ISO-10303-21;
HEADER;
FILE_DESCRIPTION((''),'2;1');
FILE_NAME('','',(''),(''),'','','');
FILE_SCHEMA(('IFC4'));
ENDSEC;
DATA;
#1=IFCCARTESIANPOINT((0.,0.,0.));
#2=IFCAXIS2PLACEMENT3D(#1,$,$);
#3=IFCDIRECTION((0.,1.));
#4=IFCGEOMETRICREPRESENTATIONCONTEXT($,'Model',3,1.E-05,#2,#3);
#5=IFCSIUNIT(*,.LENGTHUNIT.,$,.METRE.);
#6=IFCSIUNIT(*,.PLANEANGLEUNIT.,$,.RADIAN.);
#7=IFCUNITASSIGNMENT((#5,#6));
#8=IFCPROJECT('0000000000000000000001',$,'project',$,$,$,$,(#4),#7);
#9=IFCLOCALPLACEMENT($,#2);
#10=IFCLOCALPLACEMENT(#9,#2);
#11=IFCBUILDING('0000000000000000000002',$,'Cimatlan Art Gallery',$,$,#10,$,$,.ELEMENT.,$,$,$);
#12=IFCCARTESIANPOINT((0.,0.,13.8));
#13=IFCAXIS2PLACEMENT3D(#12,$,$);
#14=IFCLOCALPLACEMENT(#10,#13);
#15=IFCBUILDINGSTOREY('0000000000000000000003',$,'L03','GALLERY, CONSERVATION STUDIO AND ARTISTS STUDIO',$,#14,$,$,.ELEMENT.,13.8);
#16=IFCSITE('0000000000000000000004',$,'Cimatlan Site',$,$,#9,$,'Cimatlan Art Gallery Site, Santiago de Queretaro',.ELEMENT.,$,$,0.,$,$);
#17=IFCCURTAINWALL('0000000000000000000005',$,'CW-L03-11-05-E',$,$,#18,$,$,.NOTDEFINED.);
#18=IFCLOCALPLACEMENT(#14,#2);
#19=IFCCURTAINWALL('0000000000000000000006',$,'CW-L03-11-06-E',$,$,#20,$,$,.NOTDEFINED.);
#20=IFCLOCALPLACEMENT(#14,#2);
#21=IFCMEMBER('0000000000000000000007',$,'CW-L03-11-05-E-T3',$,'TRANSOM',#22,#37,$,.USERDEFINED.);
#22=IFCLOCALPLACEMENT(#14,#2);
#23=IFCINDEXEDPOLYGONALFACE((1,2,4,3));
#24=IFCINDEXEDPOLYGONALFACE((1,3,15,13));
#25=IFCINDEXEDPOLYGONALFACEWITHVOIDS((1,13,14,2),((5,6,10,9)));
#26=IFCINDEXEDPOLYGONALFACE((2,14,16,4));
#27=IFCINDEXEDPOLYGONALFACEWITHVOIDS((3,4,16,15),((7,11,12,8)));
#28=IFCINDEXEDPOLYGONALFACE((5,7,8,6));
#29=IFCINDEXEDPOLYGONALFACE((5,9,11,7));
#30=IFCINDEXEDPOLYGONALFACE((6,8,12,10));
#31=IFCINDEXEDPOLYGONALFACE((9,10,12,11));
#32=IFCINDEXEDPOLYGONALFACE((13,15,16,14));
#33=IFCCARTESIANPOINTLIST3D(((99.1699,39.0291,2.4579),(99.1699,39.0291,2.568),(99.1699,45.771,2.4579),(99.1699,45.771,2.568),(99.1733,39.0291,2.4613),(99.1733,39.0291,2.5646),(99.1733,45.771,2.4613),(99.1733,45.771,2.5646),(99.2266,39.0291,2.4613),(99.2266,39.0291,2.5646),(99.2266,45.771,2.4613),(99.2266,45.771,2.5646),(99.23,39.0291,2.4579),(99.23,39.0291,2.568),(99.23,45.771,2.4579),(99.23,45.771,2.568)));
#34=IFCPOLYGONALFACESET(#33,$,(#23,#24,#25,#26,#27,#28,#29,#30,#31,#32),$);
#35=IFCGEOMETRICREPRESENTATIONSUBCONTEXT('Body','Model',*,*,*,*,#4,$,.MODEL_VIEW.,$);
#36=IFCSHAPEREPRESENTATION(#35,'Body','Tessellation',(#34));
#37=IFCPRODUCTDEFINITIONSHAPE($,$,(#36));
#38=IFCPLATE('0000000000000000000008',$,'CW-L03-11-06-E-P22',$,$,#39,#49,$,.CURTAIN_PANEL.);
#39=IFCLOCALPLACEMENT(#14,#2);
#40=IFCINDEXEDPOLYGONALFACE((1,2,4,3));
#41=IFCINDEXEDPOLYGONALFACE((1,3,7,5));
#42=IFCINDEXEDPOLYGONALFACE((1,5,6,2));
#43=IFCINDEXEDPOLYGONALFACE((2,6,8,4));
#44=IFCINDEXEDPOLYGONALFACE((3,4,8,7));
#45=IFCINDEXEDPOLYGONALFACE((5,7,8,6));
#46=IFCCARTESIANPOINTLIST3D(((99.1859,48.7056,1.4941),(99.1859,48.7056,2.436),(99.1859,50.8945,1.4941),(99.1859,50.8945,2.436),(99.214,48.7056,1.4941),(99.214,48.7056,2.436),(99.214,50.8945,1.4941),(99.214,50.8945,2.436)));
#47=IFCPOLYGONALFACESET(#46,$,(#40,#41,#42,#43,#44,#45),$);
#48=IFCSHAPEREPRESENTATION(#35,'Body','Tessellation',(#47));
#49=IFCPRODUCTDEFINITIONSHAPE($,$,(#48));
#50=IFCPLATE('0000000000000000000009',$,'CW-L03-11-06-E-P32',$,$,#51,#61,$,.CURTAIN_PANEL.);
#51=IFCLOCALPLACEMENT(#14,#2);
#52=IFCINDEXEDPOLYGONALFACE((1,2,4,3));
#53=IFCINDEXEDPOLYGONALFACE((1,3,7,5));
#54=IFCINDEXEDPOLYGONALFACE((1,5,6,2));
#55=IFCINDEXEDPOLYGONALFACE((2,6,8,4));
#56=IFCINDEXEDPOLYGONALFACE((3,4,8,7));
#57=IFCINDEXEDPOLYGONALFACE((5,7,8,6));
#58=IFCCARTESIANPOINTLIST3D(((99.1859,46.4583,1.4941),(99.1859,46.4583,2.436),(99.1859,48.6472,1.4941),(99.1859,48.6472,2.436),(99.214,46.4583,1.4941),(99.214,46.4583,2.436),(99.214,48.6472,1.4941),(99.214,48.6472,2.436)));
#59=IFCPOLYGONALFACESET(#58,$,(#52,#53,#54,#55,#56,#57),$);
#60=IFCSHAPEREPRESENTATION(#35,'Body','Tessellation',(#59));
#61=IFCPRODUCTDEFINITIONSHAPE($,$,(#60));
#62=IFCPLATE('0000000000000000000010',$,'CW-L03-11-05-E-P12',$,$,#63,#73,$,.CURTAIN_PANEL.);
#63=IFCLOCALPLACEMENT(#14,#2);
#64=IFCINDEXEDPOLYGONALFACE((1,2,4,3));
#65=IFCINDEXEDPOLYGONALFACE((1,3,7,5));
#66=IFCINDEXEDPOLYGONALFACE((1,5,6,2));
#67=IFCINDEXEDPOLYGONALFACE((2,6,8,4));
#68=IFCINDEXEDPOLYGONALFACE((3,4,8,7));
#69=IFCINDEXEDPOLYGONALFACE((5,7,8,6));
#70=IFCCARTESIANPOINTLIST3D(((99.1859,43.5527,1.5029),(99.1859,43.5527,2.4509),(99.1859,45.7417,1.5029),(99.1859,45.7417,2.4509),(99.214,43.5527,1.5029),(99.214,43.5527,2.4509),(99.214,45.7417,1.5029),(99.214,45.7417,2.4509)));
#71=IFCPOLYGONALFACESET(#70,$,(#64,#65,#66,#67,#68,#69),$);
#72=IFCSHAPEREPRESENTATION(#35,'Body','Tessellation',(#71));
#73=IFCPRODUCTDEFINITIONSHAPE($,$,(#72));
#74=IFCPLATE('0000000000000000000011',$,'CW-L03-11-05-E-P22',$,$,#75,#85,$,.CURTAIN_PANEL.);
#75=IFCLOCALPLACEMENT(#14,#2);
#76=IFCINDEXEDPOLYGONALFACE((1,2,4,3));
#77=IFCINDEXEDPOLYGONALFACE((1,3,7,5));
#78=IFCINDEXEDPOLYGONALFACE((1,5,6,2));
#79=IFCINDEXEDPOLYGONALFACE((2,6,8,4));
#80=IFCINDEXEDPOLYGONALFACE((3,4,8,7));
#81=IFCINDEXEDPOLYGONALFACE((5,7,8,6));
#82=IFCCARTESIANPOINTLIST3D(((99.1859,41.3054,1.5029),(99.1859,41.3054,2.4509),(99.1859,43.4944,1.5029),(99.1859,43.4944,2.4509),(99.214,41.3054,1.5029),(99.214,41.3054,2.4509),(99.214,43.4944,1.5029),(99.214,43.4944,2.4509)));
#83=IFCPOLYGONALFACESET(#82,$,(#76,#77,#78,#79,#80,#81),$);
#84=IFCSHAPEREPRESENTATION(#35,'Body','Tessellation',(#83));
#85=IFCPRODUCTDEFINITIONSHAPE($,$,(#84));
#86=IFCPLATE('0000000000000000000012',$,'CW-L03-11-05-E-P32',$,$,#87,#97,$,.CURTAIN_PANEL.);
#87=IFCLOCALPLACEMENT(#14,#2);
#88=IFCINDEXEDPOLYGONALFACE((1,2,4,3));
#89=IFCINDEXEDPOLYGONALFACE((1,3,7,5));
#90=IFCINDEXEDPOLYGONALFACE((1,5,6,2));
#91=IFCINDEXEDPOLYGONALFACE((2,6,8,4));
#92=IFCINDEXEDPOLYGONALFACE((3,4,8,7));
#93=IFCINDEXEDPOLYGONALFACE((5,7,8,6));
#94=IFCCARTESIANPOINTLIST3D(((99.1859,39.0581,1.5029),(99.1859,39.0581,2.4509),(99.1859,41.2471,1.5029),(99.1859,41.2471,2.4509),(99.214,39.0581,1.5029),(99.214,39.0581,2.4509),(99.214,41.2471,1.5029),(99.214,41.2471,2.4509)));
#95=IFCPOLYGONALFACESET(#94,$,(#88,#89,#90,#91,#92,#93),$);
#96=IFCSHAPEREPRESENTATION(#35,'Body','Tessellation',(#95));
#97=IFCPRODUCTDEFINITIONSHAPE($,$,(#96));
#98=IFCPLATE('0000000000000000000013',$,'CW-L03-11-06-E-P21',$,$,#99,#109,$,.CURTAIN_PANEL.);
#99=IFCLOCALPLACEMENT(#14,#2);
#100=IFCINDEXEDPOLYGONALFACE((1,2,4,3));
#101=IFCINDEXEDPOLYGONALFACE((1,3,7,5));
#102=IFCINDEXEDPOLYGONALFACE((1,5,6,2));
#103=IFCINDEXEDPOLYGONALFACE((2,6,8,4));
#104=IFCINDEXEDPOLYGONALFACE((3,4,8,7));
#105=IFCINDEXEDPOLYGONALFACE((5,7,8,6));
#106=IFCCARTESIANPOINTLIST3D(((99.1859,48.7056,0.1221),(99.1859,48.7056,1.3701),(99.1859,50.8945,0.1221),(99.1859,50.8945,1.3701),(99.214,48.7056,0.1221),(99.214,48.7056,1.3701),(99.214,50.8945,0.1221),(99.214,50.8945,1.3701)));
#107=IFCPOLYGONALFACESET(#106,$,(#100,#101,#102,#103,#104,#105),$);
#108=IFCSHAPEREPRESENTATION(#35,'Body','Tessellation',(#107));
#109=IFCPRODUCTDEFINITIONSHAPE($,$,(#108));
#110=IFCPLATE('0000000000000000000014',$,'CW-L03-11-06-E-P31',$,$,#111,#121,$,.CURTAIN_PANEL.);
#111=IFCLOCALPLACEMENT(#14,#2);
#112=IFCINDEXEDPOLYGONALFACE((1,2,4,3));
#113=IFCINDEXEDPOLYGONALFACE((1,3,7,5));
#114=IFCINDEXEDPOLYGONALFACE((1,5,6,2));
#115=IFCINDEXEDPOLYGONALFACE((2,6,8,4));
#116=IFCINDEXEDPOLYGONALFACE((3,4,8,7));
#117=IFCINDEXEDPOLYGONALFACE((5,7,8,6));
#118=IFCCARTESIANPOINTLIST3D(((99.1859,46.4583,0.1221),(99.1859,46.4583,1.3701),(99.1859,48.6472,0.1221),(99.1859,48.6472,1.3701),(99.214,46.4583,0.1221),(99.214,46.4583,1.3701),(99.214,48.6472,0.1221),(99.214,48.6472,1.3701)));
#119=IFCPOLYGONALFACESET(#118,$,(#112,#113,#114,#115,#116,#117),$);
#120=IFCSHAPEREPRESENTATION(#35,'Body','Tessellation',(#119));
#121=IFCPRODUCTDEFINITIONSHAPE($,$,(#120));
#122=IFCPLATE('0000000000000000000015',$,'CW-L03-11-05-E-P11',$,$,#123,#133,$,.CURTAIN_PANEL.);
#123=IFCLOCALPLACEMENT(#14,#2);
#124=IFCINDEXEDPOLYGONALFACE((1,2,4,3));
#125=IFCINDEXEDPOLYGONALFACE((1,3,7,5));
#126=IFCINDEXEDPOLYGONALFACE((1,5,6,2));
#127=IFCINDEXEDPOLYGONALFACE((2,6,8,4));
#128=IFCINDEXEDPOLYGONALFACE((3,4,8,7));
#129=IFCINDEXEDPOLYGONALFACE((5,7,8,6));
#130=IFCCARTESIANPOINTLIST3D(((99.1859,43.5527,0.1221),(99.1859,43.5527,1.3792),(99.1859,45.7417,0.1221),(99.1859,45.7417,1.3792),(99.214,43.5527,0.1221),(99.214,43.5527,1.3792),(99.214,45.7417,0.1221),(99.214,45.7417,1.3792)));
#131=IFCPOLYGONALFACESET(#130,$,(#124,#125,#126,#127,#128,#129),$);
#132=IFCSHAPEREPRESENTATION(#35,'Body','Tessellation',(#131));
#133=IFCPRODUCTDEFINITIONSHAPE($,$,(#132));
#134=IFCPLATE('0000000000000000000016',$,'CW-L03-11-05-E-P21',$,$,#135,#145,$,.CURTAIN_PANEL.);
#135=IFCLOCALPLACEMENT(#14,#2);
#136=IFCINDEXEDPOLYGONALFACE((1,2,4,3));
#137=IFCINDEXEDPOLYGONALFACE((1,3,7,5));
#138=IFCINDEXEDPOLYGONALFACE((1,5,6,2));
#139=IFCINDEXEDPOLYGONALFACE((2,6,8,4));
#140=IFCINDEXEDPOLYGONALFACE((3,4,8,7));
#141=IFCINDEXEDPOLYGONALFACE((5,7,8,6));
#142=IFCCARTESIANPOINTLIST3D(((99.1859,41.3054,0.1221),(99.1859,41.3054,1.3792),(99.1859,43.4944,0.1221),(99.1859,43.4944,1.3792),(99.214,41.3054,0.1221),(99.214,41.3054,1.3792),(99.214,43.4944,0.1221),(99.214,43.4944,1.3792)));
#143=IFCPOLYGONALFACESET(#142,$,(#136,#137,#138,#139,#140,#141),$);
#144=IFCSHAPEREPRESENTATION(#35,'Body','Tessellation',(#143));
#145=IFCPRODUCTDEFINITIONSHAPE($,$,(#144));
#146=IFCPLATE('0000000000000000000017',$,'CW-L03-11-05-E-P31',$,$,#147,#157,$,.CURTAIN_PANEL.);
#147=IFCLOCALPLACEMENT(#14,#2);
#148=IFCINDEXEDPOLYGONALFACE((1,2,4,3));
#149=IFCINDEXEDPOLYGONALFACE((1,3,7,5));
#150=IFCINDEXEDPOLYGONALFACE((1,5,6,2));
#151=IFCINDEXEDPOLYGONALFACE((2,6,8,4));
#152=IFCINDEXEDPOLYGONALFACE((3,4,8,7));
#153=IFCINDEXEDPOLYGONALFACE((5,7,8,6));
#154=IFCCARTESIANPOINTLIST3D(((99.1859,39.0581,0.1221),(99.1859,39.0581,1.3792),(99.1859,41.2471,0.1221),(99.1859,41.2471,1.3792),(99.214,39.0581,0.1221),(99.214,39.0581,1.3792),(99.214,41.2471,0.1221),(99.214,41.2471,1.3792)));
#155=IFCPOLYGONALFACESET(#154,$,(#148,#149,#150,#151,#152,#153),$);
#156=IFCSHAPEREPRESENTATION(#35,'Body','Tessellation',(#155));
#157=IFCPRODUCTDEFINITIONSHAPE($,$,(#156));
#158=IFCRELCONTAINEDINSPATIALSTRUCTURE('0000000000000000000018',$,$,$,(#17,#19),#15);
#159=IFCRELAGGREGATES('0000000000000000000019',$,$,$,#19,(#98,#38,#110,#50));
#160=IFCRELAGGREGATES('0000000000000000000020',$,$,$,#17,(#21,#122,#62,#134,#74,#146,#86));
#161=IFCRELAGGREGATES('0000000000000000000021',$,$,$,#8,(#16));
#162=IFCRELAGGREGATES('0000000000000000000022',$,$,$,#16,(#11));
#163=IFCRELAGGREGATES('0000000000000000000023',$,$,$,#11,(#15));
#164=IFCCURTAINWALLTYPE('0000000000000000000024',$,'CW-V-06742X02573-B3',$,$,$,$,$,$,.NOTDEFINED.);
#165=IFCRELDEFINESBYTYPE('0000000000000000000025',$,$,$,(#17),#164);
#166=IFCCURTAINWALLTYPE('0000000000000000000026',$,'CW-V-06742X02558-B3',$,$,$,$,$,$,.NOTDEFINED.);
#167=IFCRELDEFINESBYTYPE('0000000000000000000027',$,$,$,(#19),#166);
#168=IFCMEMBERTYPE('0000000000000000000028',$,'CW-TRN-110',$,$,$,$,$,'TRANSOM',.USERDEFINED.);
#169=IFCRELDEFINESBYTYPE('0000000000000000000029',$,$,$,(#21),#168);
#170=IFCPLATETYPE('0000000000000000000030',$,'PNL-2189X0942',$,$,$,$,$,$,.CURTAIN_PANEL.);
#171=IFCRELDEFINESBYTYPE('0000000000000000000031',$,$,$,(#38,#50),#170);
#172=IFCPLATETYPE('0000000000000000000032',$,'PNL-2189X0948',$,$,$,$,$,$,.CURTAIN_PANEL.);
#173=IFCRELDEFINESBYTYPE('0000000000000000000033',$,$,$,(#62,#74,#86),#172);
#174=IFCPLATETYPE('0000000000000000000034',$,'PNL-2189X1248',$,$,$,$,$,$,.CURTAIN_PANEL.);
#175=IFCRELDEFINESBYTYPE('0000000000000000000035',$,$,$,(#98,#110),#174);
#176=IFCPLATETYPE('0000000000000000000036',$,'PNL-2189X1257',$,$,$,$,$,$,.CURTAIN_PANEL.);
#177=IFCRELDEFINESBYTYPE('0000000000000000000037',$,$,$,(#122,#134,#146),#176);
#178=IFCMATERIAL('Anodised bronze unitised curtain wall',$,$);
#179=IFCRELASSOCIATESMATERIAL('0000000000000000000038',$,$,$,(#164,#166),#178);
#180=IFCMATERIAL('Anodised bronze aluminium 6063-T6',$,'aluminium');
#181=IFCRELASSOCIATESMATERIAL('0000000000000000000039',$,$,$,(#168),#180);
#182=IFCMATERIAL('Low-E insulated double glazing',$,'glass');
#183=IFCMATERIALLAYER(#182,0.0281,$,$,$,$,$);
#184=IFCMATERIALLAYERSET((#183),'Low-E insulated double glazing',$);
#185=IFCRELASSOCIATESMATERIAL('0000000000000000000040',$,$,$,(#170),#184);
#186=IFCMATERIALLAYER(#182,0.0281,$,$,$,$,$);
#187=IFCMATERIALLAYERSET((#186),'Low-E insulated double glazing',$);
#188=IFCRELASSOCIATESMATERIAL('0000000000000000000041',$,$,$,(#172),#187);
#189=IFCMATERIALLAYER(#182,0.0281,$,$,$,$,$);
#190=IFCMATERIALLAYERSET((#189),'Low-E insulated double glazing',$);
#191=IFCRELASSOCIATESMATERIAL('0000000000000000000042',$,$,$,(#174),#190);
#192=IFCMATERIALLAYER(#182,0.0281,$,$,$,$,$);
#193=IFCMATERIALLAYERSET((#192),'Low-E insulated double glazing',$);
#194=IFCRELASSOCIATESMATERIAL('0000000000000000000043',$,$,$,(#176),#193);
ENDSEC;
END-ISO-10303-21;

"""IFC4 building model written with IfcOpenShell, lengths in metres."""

from ifc_helpers import new_model, si_unit, direction, frame, origin, origin_2d, place, context, subcontext, project, spatial, rectangle, hollow_rectangle, extrude, material, layer, layer_set, material_profile, profile_set, type_object, element, aggregate, save


model = new_model("IFC4")

# Units and contexts
model_context = context("Model", 3, precision=1e-05, world=origin(), true_north=direction((0.0, 1.0)))
body_context = subcontext(model_context, "Body", "Model", "MODEL_VIEW")
ifc_project = project(units=[si_unit("LENGTHUNIT", "METRE"), si_unit("PLANEANGLEUNIT", "RADIAN")], contexts=[model_context])

# Site, building, storey
site_placement = place(None, origin())
site = spatial("IfcSite", under=ifc_project, at=site_placement, Name="Cimatlan Site", LongName="Cimatlan Art Gallery Site, Santiago de Queretaro", CompositionType="ELEMENT", RefElevation=0.0)
building_placement = place(site_placement, origin())
building = spatial("IfcBuilding", under=site, at=building_placement, Name="Cimatlan Art Gallery", CompositionType="ELEMENT")
storey_placement = place(building_placement, frame((0.0, 0.0, 13.8)))
storey = spatial("IfcBuildingStorey", under=building, at=storey_placement, Name="L03", Description="GALLERY, CONSERVATION STUDIO AND ARTISTS STUDIO", CompositionType="ELEMENT", Elevation=13.8)

# Curtain walls
ifc_material_1 = material(Name="Anodised bronze unitised curtain wall")
curtain_wall_type_1 = type_object("IfcCurtainWallType", Name="CW-V-06742X02573-B3", PredefinedType="NOTDEFINED", material=ifc_material_1)
curtain_wall_1_placement = place(storey_placement, origin())
curtain_wall_1 = element("IfcCurtainWall", 1, at=curtain_wall_1_placement, inside=storey, type_object=curtain_wall_type_1, Name="CW-L03-11-05-E", PredefinedType="NOTDEFINED")
ifc_material_2 = material(Name="Anodised bronze aluminium 6063-T6", Category="aluminium")
curtain_wall_type_2 = type_object("IfcCurtainWallType", Name="CW-V-06742X02558-B3", PredefinedType="NOTDEFINED", material=ifc_material_1)
curtain_wall_2_placement = place(storey_placement, origin())
curtain_wall_2 = element("IfcCurtainWall", 2, at=curtain_wall_2_placement, inside=storey, type_object=curtain_wall_type_2, Name="CW-L03-11-06-E", PredefinedType="NOTDEFINED")

# Member
ifc_material_profile_1 = material_profile(ifc_material_2, hollow_rectangle(XDim=0.0601, YDim=0.1101, WallThickness=0.0034, at=origin_2d()), Name="ALU60X110X3")
ifc_profile_set_1 = profile_set([ifc_material_profile_1], Name="Anodised bronze aluminium 6063-T6")
member_type_1 = type_object("IfcMemberType", Name="CW-TRN-110", ElementType="TRANSOM", PredefinedType="USERDEFINED", material=ifc_profile_set_1)
member_1_placement = place(storey_placement, frame((99.2, 45.771, 2.5129), z_axis=(0.0, -1.0, 0.0), x_axis=(1.0, 0.0, 0.0)))
member_1 = element("IfcMember", 3, at=member_1_placement, type_object=member_type_1, Name="CW-L03-11-05-E-T3", ObjectType="TRANSOM", PredefinedType="USERDEFINED", context=body_context, shape_type="SweptSolid", body=[
    extrude(hollow_rectangle(XDim=0.0601, YDim=0.1101, WallThickness=0.0034, at=origin_2d()), origin(), (0.0, 0.0, 1.0), 6.7419),
])

# Plates
ifc_material_3 = material(Name="Low-E insulated double glazing", Category="glass")
ifc_layer_1 = layer(ifc_material_3, 0.0281)
ifc_layer_set_1 = layer_set([ifc_layer_1], Name="Low-E insulated double glazing")
plate_type_1 = type_object("IfcPlateType", Name="PNL-2189X0942", PredefinedType="CURTAIN_PANEL", material=ifc_layer_set_1)
plate_1_placement = place(storey_placement, frame((99.2, 49.8, 1.4941), z_axis=(0.0, 0.0, 1.0), x_axis=(0.0, -1.0, 0.0)))
plate_1 = element("IfcPlate", 4, at=plate_1_placement, type_object=plate_type_1, Name="CW-L03-11-06-E-P22", PredefinedType="CURTAIN_PANEL", context=body_context, shape_type="SweptSolid", body=[
    extrude(rectangle(XDim=2.189, YDim=0.0281, at=origin_2d()), origin(), (0.0, 0.0, 1.0), 0.9419),
])
plate_2_placement = place(storey_placement, frame((99.2, 47.5527, 1.4941), z_axis=(0.0, 0.0, 1.0), x_axis=(0.0, -1.0, 0.0)))
plate_2 = element("IfcPlate", 5, at=plate_2_placement, type_object=plate_type_1, Name="CW-L03-11-06-E-P32", PredefinedType="CURTAIN_PANEL", context=body_context, shape_type="SweptSolid", body=[
    extrude(rectangle(XDim=2.189, YDim=0.0281, at=origin_2d()), origin(), (0.0, 0.0, 1.0), 0.9419),
])
ifc_layer_2 = layer(ifc_material_3, 0.0281)
ifc_layer_set_2 = layer_set([ifc_layer_2], Name="Low-E insulated double glazing")
plate_type_2 = type_object("IfcPlateType", Name="PNL-2189X0948", PredefinedType="CURTAIN_PANEL", material=ifc_layer_set_2)
plate_3_placement = place(storey_placement, frame((99.2, 44.6472, 1.5029), z_axis=(0.0, 0.0, 1.0), x_axis=(0.0, -1.0, 0.0)))
plate_3 = element("IfcPlate", 6, at=plate_3_placement, type_object=plate_type_2, Name="CW-L03-11-05-E-P12", PredefinedType="CURTAIN_PANEL", context=body_context, shape_type="SweptSolid", body=[
    extrude(rectangle(XDim=2.189, YDim=0.0281, at=origin_2d()), origin(), (0.0, 0.0, 1.0), 0.948),
])
plate_4_placement = place(storey_placement, frame((99.2, 42.3999, 1.5029), z_axis=(0.0, 0.0, 1.0), x_axis=(0.0, -1.0, 0.0)))
plate_4 = element("IfcPlate", 7, at=plate_4_placement, type_object=plate_type_2, Name="CW-L03-11-05-E-P22", PredefinedType="CURTAIN_PANEL", context=body_context, shape_type="SweptSolid", body=[
    extrude(rectangle(XDim=2.189, YDim=0.0281, at=origin_2d()), origin(), (0.0, 0.0, 1.0), 0.948),
])
plate_5_placement = place(storey_placement, frame((99.2, 40.1526, 1.5029), z_axis=(0.0, 0.0, 1.0), x_axis=(0.0, -1.0, 0.0)))
plate_5 = element("IfcPlate", 8, at=plate_5_placement, type_object=plate_type_2, Name="CW-L03-11-05-E-P32", PredefinedType="CURTAIN_PANEL", context=body_context, shape_type="SweptSolid", body=[
    extrude(rectangle(XDim=2.189, YDim=0.0281, at=origin_2d()), origin(), (0.0, 0.0, 1.0), 0.948),
])
ifc_layer_3 = layer(ifc_material_3, 0.0281)
ifc_layer_set_3 = layer_set([ifc_layer_3], Name="Low-E insulated double glazing")
plate_type_3 = type_object("IfcPlateType", Name="PNL-2189X1248", PredefinedType="CURTAIN_PANEL", material=ifc_layer_set_3)
plate_6_placement = place(storey_placement, frame((99.2, 49.8, 0.1221), z_axis=(0.0, 0.0, 1.0), x_axis=(0.0, -1.0, 0.0)))
plate_6 = element("IfcPlate", 9, at=plate_6_placement, type_object=plate_type_3, Name="CW-L03-11-06-E-P21", PredefinedType="CURTAIN_PANEL", context=body_context, shape_type="SweptSolid", body=[
    extrude(rectangle(XDim=2.189, YDim=0.0281, at=origin_2d()), origin(), (0.0, 0.0, 1.0), 1.248),
])
plate_7_placement = place(storey_placement, frame((99.2, 47.5527, 0.1221), z_axis=(0.0, 0.0, 1.0), x_axis=(0.0, -1.0, 0.0)))
plate_7 = element("IfcPlate", 10, at=plate_7_placement, type_object=plate_type_3, Name="CW-L03-11-06-E-P31", PredefinedType="CURTAIN_PANEL", context=body_context, shape_type="SweptSolid", body=[
    extrude(rectangle(XDim=2.189, YDim=0.0281, at=origin_2d()), origin(), (0.0, 0.0, 1.0), 1.248),
])
aggregate(curtain_wall_2, [plate_6, plate_1, plate_7, plate_2])
ifc_layer_4 = layer(ifc_material_3, 0.0281)
ifc_layer_set_4 = layer_set([ifc_layer_4], Name="Low-E insulated double glazing")
plate_type_4 = type_object("IfcPlateType", Name="PNL-2189X1257", PredefinedType="CURTAIN_PANEL", material=ifc_layer_set_4)
plate_8_placement = place(storey_placement, frame((99.2, 44.6472, 0.1221), z_axis=(0.0, 0.0, 1.0), x_axis=(0.0, -1.0, 0.0)))
plate_8 = element("IfcPlate", 11, at=plate_8_placement, type_object=plate_type_4, Name="CW-L03-11-05-E-P11", PredefinedType="CURTAIN_PANEL", context=body_context, shape_type="SweptSolid", body=[
    extrude(rectangle(XDim=2.189, YDim=0.0281, at=origin_2d()), origin(), (0.0, 0.0, 1.0), 1.2571),
])
plate_9_placement = place(storey_placement, frame((99.2, 42.3999, 0.1221), z_axis=(0.0, 0.0, 1.0), x_axis=(0.0, -1.0, 0.0)))
plate_9 = element("IfcPlate", 12, at=plate_9_placement, type_object=plate_type_4, Name="CW-L03-11-05-E-P21", PredefinedType="CURTAIN_PANEL", context=body_context, shape_type="SweptSolid", body=[
    extrude(rectangle(XDim=2.189, YDim=0.0281, at=origin_2d()), origin(), (0.0, 0.0, 1.0), 1.2571),
])
plate_10_placement = place(storey_placement, frame((99.2, 40.1526, 0.1221), z_axis=(0.0, 0.0, 1.0), x_axis=(0.0, -1.0, 0.0)))
plate_10 = element("IfcPlate", 13, at=plate_10_placement, type_object=plate_type_4, Name="CW-L03-11-05-E-P31", PredefinedType="CURTAIN_PANEL", context=body_context, shape_type="SweptSolid", body=[
    extrude(rectangle(XDim=2.189, YDim=0.0281, at=origin_2d()), origin(), (0.0, 0.0, 1.0), 1.2571),
])
aggregate(curtain_wall_1, [member_1, plate_8, plate_3, plate_9, plate_4, plate_10, plate_5])

save(model, "model.ifc")
